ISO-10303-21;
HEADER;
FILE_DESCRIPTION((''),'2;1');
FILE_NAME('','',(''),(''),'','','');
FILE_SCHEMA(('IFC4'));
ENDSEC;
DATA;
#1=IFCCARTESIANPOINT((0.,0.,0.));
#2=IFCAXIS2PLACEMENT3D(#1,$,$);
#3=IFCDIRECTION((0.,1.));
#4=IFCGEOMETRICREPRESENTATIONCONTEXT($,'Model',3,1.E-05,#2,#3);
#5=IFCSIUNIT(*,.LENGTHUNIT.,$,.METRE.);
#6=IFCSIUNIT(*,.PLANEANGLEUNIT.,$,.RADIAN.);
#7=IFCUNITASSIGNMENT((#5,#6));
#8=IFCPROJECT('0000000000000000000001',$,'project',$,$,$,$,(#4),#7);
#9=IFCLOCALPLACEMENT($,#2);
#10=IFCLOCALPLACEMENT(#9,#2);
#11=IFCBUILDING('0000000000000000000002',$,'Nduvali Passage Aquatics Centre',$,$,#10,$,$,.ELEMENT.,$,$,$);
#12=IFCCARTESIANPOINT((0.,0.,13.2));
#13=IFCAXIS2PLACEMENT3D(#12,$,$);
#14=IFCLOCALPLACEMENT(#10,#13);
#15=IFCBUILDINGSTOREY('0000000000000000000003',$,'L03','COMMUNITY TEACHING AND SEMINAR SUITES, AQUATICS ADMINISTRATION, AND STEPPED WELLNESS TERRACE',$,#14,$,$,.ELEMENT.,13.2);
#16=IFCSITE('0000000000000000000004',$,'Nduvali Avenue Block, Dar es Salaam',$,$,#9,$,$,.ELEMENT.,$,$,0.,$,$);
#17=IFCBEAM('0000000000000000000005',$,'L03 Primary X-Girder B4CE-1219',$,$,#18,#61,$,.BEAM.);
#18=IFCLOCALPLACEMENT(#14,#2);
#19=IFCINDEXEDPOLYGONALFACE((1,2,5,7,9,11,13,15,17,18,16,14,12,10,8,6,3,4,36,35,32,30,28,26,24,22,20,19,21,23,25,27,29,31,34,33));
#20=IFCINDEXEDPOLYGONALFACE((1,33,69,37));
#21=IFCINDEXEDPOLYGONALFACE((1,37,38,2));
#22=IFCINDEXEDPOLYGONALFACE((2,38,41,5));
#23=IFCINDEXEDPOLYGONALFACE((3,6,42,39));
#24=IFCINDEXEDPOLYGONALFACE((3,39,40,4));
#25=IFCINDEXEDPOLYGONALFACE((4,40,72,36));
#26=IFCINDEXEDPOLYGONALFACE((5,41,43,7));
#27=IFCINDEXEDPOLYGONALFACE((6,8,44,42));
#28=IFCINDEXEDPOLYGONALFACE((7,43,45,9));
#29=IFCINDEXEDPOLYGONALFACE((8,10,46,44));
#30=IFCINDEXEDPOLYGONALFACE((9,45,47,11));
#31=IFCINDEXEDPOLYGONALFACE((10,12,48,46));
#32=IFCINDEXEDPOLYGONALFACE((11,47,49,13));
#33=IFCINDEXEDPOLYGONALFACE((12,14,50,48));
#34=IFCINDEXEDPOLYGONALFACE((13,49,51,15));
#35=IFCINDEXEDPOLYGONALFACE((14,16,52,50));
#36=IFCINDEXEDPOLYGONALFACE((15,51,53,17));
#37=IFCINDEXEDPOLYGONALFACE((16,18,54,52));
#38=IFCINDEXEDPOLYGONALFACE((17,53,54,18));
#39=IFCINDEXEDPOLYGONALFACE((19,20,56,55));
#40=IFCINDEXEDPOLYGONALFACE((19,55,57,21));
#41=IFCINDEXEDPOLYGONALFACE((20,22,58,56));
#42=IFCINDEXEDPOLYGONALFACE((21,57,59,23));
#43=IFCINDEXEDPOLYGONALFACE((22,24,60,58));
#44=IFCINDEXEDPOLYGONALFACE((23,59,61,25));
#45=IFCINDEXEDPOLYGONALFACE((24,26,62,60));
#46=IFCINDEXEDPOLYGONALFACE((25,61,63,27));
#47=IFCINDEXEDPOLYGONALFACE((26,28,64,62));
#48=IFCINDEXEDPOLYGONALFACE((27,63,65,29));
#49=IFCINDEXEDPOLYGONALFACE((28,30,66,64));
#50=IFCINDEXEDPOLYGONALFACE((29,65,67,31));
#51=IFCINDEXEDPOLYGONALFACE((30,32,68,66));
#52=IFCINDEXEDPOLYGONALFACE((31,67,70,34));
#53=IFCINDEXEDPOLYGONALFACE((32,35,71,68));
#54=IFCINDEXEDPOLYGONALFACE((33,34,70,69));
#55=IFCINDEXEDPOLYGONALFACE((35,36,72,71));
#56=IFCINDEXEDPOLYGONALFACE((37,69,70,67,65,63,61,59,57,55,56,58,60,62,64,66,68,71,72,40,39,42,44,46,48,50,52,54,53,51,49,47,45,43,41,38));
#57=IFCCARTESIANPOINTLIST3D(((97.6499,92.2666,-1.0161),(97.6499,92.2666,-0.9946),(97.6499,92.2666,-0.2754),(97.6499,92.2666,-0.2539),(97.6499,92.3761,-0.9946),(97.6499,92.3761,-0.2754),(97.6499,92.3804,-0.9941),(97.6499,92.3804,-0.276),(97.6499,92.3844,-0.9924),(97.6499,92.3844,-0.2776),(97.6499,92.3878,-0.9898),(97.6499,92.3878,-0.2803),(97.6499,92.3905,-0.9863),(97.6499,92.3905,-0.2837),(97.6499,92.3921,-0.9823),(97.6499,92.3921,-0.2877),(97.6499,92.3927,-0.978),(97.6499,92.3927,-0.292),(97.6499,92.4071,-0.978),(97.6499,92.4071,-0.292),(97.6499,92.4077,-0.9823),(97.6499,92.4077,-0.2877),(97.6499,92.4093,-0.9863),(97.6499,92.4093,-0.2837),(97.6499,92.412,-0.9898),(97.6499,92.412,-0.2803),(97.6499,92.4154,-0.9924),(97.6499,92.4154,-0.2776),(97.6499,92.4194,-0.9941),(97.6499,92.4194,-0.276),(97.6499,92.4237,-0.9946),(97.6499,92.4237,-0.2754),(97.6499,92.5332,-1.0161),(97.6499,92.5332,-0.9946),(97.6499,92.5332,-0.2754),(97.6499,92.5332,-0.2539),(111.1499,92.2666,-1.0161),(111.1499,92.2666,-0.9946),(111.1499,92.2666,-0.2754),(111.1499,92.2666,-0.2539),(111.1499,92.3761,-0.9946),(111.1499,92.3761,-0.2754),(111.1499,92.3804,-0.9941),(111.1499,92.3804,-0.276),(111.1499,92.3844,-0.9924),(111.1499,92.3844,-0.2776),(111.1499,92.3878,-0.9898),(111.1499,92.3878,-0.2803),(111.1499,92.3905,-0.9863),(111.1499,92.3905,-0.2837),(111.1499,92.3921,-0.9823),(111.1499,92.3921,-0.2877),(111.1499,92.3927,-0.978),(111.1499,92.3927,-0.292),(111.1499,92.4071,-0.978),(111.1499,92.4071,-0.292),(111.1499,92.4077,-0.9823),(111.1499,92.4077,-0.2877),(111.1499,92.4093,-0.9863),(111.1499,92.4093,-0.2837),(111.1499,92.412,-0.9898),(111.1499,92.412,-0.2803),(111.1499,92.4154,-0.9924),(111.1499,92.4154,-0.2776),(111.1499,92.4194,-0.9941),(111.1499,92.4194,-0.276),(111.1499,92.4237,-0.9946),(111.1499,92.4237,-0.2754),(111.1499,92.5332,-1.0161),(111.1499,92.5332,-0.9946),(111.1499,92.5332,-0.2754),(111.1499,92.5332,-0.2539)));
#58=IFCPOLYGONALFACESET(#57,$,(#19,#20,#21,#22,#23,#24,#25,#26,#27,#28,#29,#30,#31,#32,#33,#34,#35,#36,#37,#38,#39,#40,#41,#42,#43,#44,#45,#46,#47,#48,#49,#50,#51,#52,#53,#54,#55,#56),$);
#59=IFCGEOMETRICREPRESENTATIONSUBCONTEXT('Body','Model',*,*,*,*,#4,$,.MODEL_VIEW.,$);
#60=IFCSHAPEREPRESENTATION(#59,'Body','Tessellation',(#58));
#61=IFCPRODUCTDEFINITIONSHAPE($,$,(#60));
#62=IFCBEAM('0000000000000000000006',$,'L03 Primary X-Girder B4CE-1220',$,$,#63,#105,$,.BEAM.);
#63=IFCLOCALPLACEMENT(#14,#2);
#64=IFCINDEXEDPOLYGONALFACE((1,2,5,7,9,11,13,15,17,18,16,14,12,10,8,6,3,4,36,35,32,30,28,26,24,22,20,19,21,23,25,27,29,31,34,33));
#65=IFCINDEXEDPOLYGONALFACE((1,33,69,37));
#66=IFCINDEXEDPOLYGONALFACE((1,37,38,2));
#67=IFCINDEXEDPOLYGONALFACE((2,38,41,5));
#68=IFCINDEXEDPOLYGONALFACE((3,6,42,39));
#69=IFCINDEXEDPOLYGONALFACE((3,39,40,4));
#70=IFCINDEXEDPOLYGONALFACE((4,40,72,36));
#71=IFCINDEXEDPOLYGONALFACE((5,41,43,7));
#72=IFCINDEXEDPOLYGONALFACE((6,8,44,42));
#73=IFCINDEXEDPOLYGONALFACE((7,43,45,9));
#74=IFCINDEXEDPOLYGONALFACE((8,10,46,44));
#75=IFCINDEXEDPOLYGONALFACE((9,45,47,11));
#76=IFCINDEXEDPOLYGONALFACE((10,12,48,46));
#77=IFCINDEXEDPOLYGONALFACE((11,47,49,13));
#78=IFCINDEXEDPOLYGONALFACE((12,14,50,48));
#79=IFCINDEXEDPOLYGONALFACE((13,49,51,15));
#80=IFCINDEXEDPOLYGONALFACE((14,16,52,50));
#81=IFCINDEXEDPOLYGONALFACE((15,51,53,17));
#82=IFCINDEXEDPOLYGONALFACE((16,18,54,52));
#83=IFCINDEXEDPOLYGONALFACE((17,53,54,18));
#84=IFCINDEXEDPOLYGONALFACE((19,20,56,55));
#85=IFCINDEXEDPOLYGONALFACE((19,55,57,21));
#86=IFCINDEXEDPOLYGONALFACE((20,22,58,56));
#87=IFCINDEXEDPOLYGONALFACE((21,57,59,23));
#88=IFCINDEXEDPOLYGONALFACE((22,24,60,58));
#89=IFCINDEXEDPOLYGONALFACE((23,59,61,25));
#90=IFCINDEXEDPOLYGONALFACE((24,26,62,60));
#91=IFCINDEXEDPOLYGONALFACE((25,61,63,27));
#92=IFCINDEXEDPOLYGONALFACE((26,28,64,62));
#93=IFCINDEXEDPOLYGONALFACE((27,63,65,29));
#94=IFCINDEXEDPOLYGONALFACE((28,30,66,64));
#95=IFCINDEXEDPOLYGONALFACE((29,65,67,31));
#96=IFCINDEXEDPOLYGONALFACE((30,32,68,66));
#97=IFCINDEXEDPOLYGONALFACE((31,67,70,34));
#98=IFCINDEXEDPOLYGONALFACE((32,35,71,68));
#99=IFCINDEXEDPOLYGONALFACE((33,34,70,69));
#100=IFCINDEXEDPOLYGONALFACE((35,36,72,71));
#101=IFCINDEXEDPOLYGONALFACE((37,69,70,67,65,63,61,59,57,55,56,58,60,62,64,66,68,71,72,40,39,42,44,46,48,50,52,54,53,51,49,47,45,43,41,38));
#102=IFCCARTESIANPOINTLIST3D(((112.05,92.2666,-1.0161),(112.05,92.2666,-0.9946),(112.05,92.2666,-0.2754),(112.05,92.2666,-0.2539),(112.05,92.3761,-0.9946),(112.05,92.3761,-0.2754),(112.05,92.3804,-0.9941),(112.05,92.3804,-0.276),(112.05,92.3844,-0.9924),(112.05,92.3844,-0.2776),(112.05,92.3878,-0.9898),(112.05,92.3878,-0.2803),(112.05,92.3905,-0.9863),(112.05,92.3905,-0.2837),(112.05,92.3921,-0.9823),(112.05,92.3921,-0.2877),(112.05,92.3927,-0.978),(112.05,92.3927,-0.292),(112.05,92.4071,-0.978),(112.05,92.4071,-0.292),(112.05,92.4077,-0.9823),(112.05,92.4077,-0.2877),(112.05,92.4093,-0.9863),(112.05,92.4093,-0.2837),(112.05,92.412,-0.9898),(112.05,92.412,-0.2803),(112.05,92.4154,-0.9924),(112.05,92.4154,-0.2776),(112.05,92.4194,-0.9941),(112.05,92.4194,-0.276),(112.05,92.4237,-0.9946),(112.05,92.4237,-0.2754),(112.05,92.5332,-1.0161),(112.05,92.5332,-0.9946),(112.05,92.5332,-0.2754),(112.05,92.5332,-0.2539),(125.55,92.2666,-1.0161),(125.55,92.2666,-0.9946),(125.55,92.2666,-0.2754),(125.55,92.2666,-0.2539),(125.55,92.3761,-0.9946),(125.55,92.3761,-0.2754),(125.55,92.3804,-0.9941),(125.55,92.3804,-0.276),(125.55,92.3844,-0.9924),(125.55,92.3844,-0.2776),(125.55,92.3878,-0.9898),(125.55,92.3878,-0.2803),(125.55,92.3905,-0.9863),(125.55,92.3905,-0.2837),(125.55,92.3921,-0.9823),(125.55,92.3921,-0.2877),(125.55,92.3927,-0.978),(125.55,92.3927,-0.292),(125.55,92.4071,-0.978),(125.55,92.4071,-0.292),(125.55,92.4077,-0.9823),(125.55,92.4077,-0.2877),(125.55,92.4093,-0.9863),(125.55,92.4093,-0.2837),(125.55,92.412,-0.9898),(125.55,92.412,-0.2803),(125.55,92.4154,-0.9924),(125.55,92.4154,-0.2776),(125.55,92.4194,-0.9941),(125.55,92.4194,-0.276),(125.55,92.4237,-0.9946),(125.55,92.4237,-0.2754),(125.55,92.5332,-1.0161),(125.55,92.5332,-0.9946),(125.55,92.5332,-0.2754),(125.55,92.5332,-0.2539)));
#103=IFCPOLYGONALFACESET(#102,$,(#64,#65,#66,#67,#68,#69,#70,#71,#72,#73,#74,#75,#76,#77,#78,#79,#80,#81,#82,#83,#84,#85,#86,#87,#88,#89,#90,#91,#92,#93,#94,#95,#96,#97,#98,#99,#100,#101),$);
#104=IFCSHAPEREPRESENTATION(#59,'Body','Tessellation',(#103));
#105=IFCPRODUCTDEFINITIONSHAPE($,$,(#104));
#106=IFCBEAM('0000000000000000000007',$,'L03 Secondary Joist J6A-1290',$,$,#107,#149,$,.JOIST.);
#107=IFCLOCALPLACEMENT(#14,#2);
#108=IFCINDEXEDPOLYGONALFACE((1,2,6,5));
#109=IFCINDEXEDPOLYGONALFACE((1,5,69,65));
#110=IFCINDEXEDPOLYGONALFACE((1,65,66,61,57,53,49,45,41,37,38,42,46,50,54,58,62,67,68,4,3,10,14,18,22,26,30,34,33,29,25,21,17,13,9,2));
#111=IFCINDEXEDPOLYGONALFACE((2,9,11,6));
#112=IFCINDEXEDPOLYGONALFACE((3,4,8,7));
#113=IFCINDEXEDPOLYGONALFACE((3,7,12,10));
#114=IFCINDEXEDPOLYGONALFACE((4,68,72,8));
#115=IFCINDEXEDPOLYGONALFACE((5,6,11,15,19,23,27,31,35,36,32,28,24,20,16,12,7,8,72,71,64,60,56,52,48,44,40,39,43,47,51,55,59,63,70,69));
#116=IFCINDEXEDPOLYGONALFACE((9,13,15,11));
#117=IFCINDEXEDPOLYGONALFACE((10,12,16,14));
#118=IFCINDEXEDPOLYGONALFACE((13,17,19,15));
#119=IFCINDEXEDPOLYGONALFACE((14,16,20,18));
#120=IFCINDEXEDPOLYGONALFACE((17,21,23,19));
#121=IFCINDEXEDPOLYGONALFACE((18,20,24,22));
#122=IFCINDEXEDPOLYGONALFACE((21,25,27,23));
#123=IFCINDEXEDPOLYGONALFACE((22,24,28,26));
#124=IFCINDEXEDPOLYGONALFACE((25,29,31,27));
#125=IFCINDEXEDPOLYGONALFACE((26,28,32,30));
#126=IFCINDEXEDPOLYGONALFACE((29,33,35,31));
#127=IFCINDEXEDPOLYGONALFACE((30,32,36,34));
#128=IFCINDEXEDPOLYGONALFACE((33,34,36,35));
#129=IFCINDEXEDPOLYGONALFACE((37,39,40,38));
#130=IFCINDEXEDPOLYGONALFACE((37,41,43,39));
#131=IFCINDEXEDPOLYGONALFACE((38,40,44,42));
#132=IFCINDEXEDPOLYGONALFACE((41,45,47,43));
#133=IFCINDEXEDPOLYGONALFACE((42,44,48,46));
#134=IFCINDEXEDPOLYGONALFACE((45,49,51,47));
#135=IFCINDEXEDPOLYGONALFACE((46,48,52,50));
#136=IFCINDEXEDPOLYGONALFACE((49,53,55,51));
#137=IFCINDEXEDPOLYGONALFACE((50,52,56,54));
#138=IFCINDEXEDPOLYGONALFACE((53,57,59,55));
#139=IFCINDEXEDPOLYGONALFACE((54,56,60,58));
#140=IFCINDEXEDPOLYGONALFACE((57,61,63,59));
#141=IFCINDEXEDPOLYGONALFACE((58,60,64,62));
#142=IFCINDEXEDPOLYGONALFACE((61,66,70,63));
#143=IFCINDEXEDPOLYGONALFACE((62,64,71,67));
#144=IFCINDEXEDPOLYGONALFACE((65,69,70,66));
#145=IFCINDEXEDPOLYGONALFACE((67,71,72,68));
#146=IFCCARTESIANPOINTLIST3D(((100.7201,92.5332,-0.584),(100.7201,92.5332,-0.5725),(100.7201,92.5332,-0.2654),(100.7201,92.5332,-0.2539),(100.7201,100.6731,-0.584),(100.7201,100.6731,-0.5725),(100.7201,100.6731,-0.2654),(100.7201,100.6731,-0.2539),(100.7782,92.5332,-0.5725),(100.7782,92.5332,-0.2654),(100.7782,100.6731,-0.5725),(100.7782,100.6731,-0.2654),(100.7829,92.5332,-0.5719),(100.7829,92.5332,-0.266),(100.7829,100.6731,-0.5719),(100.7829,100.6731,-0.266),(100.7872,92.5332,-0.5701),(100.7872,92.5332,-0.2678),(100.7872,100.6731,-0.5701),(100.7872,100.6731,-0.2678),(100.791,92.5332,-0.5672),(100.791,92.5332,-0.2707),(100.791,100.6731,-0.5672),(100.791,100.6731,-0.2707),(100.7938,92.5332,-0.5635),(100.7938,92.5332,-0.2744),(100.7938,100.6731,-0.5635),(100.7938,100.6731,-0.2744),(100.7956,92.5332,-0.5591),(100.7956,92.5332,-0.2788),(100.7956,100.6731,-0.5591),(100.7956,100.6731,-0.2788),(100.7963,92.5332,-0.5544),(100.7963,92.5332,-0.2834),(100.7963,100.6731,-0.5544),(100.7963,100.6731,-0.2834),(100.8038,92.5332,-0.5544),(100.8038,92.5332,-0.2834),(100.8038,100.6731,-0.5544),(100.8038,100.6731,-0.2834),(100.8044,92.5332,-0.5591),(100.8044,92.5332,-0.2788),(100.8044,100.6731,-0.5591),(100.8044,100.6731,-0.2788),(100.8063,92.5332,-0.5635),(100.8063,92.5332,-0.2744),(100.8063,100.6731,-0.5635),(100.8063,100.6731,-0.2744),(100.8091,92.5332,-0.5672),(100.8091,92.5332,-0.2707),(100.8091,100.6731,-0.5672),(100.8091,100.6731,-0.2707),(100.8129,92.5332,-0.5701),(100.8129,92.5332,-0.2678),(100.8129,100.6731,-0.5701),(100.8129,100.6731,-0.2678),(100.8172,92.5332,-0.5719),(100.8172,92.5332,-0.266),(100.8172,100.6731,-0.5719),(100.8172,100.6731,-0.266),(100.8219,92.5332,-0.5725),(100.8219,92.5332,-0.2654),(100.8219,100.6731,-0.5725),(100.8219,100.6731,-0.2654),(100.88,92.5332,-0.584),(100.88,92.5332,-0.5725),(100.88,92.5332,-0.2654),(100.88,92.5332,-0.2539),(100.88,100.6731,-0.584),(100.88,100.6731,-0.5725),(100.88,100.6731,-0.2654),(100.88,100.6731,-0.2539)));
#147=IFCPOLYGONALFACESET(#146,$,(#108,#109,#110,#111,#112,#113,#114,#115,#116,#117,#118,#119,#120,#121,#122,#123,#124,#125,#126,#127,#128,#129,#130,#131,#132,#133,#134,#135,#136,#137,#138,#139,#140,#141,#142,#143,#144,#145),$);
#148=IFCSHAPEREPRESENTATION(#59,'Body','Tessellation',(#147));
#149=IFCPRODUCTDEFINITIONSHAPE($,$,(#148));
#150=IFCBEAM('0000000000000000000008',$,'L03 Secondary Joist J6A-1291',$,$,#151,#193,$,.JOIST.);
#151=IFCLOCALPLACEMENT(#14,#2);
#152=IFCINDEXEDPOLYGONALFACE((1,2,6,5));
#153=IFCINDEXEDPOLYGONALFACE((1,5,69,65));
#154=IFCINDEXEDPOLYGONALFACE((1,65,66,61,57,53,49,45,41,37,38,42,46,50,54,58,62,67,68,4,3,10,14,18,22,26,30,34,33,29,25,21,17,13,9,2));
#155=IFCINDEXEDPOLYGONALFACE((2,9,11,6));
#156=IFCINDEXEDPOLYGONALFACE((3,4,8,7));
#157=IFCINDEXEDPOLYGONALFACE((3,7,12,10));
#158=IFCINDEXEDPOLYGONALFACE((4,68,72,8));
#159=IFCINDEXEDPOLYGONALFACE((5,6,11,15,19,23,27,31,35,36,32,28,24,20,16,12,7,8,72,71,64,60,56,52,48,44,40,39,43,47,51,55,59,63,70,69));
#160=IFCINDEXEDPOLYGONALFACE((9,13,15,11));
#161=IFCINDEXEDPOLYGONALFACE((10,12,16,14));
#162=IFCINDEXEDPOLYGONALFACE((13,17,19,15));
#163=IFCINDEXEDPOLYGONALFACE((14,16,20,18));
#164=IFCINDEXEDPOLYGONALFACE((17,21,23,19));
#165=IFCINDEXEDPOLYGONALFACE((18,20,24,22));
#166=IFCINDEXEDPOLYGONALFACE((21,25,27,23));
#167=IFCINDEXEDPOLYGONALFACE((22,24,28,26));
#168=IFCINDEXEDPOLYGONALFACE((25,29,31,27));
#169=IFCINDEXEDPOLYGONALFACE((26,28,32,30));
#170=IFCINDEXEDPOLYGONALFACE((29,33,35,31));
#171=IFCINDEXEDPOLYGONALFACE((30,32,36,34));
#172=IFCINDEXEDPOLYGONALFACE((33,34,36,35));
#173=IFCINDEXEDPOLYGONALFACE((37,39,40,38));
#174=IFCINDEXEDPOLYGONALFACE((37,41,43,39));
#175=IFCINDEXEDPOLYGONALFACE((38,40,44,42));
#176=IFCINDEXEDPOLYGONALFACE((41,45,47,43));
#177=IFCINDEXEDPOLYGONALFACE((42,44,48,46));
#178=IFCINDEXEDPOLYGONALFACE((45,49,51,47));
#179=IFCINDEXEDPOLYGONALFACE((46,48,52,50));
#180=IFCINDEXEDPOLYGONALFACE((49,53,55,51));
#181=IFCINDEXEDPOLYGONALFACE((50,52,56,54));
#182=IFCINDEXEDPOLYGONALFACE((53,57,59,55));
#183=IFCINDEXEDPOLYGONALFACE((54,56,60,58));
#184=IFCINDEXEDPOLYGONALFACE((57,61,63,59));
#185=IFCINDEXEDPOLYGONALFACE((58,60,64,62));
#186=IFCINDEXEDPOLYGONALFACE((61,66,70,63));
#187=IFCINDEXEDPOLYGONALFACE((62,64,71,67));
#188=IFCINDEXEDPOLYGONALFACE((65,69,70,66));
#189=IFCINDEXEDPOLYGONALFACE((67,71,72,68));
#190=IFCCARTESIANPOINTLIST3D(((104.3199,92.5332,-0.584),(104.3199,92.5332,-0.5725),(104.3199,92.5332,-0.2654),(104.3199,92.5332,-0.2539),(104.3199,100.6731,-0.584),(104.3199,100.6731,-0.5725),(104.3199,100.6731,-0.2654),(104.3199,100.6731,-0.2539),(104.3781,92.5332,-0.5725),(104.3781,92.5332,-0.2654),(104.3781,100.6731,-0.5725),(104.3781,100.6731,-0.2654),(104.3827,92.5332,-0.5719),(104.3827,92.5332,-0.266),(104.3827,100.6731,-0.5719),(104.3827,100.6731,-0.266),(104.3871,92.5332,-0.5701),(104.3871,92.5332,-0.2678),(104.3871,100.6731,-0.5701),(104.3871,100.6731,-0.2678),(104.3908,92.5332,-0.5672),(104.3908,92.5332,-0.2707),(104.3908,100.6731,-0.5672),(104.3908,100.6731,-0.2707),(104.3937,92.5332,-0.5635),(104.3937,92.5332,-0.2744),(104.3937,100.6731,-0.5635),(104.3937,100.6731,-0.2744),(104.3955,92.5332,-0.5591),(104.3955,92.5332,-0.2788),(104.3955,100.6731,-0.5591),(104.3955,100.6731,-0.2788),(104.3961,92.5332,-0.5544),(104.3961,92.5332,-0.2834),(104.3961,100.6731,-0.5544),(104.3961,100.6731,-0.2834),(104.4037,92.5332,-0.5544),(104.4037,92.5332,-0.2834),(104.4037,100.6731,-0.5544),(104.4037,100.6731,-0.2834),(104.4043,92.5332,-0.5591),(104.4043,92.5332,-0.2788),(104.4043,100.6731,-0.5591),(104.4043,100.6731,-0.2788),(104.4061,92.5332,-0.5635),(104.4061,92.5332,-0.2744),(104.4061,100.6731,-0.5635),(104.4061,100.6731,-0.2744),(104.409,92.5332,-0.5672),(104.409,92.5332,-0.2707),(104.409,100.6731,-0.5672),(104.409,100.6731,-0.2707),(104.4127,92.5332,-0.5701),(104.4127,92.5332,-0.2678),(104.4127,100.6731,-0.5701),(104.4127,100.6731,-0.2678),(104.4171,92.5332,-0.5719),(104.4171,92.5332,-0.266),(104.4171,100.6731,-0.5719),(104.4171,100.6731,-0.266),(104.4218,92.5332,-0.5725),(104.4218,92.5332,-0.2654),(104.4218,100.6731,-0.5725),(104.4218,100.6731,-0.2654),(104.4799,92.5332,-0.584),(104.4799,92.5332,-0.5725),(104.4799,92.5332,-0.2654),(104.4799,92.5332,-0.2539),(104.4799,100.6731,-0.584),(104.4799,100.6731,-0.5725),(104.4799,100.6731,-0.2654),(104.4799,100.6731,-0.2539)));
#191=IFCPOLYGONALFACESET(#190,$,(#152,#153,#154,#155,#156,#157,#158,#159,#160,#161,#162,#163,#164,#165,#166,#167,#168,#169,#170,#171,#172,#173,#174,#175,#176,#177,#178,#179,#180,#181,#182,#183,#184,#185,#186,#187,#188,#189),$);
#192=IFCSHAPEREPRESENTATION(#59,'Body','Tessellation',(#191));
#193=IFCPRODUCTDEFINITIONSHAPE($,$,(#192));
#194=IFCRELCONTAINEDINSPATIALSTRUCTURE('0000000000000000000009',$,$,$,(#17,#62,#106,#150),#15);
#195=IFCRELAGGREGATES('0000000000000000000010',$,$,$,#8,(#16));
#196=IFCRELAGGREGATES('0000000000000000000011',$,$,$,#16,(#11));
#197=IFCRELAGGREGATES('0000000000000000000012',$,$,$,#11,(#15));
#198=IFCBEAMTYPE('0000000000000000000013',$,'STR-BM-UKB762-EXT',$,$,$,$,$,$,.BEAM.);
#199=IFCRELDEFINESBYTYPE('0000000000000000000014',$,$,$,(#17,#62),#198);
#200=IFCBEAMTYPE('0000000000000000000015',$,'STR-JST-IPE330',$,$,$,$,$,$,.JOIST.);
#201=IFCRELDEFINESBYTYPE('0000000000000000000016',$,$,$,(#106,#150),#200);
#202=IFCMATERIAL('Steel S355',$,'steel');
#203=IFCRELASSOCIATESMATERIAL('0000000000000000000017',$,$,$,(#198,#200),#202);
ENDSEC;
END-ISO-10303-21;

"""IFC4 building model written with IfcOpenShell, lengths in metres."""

from ifc_helpers import new_model, si_unit, direction, frame, origin, origin_2d, place, context, subcontext, project, spatial, i_section, extrude, material, material_profile, profile_set, type_object, element, save


model = new_model("IFC4")

# Units and contexts
model_context = context("Model", 3, precision=1e-05, world=origin(), true_north=direction((0.0, 1.0)))
body_context = subcontext(model_context, "Body", "Model", "MODEL_VIEW")
ifc_project = project(units=[si_unit("LENGTHUNIT", "METRE"), si_unit("PLANEANGLEUNIT", "RADIAN")], contexts=[model_context])

# Site, building, storey
site_placement = place(None, origin())
site = spatial("IfcSite", under=ifc_project, at=site_placement, Name="Nduvali Avenue Block, Dar es Salaam", CompositionType="ELEMENT", RefElevation=0.0)
building_placement = place(site_placement, origin())
building = spatial("IfcBuilding", under=site, at=building_placement, Name="Nduvali Passage Aquatics Centre", CompositionType="ELEMENT")
storey_placement = place(building_placement, frame((0.0, 0.0, 13.2)))
storey = spatial("IfcBuildingStorey", under=building, at=storey_placement, Name="L03", Description="COMMUNITY TEACHING AND SEMINAR SUITES, AQUATICS ADMINISTRATION, AND STEPPED WELLNESS TERRACE", CompositionType="ELEMENT", Elevation=13.2)

# Beams
ifc_material_1 = material(Name="Steel S355", Category="steel")
ifc_material_profile_1 = material_profile(ifc_material_1, i_section(OverallWidth=0.2666, OverallDepth=0.7622, WebThickness=0.0144, FlangeThickness=0.0215, FilletRadius=0.0166, at=origin_2d()), Name="UKB 762x267x173")
ifc_profile_set_1 = profile_set([ifc_material_profile_1], Name="Steel S355")
beam_type_1 = type_object("IfcBeamType", Name="STR-BM-UKB762-EXT", PredefinedType="BEAM", material=ifc_profile_set_1)
for number, where, z_axis, x_axis, name in (
    (1, (97.6499, 92.3999, -0.635), (1.0, 0.0, 0.0), (0.0, 1.0, 0.0), "L03 Primary X-Girder B4CE-1219"),
    (2, (112.05, 92.3999, -0.635), (1.0, 0.0, 0.0), (0.0, 1.0, 0.0), "L03 Primary X-Girder B4CE-1220"),
):
    element("IfcBeam", number, at=place(storey_placement, frame(where, z_axis=z_axis, x_axis=x_axis)), inside=storey, type_object=beam_type_1, Name=name, PredefinedType="BEAM", context=body_context, shape_type="SweptSolid", body=[
        extrude(i_section(OverallWidth=0.2666, OverallDepth=0.7622, WebThickness=0.0144, FlangeThickness=0.0215, FilletRadius=0.0166, at=origin_2d()), origin(), (0.0, 0.0, 1.0), 13.5),
    ])
ifc_material_profile_2 = material_profile(ifc_material_1, i_section(OverallWidth=0.1599, OverallDepth=0.3301, WebThickness=0.0076, FlangeThickness=0.0115, FilletRadius=0.0181, at=origin_2d()), Name="IPE 330")
ifc_profile_set_2 = profile_set([ifc_material_profile_2], Name="Steel S355")
beam_type_2 = type_object("IfcBeamType", Name="STR-JST-IPE330", PredefinedType="JOIST", material=ifc_profile_set_2)
for number, where, z_axis, x_axis, name in (
    (3, (100.8, 92.5332, -0.4189), (0.0, 1.0, 0.0), (-1.0, 0.0, 0.0), "L03 Secondary Joist J6A-1290"),
    (4, (104.3999, 92.5332, -0.4189), (0.0, 1.0, 0.0), (-1.0, 0.0, 0.0), "L03 Secondary Joist J6A-1291"),
):
    element("IfcBeam", number, at=place(storey_placement, frame(where, z_axis=z_axis, x_axis=x_axis)), inside=storey, type_object=beam_type_2, Name=name, PredefinedType="JOIST", context=body_context, shape_type="SweptSolid", body=[
        extrude(i_section(OverallWidth=0.1599, OverallDepth=0.3301, WebThickness=0.0076, FlangeThickness=0.0115, FilletRadius=0.0181, at=origin_2d()), origin(), (0.0, 0.0, 1.0), 8.1399),
    ])

save(model, "model.ifc")
